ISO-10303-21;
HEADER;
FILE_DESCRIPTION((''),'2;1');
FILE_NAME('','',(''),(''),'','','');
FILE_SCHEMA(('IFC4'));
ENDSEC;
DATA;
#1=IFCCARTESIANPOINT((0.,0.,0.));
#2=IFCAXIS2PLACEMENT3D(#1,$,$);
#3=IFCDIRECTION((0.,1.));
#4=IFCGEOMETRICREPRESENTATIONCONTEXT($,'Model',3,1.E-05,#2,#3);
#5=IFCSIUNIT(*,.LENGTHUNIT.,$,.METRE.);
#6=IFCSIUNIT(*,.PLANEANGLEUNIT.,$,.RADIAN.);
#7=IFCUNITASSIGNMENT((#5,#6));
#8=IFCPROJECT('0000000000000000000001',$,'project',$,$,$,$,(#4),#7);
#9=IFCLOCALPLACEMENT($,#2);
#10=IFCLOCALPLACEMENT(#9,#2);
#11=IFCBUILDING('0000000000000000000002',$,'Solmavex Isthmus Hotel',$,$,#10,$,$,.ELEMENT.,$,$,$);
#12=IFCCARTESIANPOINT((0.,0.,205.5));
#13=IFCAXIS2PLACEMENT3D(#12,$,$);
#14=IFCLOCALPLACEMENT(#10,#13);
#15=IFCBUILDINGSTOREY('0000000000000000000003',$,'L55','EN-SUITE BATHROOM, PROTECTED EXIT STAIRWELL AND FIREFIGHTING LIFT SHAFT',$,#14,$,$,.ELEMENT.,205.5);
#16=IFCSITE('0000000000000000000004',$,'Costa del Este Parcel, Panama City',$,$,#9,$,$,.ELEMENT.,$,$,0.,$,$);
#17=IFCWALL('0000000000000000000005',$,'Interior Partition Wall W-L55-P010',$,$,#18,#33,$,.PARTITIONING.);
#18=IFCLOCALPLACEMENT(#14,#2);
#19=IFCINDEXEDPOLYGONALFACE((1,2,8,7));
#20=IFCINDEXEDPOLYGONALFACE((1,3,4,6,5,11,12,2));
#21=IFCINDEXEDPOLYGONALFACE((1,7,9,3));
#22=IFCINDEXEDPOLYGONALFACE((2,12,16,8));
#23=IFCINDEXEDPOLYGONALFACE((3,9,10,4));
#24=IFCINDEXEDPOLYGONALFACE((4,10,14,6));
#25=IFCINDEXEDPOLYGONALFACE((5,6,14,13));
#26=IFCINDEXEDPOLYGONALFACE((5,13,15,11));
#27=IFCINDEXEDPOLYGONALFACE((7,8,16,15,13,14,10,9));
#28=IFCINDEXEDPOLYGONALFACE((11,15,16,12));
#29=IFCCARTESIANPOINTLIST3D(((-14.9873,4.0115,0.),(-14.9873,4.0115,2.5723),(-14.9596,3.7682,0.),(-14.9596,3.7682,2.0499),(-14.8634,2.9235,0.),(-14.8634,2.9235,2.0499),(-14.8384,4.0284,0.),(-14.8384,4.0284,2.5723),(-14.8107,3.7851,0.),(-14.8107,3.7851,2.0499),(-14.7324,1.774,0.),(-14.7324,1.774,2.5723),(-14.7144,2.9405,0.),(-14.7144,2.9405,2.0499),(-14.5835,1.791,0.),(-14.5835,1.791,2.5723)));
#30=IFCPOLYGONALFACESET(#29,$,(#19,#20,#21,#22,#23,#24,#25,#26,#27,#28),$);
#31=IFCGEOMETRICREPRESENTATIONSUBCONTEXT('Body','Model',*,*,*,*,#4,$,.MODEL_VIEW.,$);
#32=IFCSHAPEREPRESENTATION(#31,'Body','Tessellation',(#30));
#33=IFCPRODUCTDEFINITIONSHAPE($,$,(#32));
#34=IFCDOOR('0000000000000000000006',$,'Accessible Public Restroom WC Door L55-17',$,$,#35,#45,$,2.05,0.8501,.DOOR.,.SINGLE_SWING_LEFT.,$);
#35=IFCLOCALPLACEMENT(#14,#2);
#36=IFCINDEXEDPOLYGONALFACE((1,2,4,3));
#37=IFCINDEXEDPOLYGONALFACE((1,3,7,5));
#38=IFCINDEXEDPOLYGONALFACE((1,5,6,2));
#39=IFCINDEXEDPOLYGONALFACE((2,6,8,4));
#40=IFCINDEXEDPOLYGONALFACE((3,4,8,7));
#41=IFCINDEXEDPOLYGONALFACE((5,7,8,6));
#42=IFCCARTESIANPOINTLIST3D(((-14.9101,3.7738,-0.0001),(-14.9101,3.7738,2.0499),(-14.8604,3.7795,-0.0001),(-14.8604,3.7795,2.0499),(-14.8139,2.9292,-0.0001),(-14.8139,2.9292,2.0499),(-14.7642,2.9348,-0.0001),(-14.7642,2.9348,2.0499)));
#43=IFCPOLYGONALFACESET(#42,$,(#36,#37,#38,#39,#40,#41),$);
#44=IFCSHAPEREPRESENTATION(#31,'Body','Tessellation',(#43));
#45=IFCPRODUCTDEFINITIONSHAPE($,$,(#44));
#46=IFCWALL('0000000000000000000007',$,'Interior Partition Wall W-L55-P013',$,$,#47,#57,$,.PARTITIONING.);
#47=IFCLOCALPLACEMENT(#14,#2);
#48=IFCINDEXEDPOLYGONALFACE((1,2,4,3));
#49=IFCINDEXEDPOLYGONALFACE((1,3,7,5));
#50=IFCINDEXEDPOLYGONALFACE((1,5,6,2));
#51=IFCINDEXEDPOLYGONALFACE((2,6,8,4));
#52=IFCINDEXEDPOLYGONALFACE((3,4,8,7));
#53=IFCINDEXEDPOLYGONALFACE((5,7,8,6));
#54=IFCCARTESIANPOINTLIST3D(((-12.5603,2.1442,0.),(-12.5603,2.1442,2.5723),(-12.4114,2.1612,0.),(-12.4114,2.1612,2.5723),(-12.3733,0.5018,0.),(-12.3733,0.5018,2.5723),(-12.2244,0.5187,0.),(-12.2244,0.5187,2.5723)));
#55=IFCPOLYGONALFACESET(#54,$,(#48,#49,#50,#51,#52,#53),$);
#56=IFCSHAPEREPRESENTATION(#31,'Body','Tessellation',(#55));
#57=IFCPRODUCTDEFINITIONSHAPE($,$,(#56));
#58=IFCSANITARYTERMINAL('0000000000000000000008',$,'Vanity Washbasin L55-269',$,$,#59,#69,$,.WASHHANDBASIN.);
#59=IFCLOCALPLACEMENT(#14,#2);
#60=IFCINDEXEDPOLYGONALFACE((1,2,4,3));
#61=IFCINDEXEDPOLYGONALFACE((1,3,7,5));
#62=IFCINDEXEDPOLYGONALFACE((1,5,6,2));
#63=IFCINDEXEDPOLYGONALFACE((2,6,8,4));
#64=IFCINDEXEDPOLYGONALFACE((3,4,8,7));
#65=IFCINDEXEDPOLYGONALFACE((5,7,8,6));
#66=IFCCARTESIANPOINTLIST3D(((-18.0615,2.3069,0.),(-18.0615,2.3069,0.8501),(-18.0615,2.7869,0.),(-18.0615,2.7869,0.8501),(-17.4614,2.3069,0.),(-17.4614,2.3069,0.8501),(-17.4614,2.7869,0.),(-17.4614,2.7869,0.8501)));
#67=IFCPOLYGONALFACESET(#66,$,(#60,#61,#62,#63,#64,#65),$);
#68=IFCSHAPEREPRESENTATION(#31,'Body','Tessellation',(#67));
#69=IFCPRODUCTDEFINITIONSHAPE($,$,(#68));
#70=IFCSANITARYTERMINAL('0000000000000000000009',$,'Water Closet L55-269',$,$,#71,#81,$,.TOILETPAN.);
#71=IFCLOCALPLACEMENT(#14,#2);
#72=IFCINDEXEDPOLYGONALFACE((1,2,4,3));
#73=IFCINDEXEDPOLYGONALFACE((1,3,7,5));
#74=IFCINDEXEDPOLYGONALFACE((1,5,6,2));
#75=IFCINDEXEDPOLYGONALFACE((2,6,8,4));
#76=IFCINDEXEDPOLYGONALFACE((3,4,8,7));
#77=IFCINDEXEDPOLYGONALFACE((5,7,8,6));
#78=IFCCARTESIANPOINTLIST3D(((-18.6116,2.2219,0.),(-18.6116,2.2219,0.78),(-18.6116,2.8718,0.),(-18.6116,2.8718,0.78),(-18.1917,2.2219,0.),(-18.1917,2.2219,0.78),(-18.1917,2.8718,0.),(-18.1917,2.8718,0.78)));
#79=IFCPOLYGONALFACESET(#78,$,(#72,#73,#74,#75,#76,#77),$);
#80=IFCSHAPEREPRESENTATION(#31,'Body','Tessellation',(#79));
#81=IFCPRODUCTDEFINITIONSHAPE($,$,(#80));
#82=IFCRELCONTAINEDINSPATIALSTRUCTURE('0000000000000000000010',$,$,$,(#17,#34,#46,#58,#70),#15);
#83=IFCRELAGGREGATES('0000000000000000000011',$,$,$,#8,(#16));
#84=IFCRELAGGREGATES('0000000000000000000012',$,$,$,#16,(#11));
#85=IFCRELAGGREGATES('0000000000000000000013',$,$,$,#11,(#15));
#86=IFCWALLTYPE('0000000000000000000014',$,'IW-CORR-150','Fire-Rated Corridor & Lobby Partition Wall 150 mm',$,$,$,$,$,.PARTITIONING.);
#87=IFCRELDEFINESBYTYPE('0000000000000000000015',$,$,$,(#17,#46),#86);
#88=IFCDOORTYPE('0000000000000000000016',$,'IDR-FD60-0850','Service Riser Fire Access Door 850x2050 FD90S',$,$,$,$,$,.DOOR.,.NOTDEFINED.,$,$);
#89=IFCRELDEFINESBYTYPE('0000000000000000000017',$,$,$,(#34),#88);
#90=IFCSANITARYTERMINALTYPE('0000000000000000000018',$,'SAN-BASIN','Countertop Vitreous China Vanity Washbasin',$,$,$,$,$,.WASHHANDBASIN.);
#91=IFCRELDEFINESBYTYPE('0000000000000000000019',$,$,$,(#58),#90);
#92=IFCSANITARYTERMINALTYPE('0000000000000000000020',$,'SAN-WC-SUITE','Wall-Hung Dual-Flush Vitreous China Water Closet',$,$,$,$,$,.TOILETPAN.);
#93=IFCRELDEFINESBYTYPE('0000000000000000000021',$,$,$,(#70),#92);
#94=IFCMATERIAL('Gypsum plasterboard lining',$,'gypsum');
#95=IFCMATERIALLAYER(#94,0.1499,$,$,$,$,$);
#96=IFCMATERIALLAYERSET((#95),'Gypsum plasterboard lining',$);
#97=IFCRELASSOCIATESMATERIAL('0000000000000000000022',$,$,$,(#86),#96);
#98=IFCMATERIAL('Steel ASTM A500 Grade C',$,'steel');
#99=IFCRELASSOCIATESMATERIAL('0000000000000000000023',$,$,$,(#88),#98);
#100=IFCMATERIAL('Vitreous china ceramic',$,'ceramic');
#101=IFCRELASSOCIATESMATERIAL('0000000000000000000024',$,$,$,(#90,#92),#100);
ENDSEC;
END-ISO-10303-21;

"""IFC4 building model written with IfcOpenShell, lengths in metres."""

from ifc_helpers import new_model, si_unit, direction, frame, frame_2d, origin, origin_2d, place, context, subcontext, project, spatial, rectangle, extrude, material, layer, layer_set, type_object, element, fill, save


model = new_model("IFC4")

# Units and contexts
model_context = context("Model", 3, precision=1e-05, world=origin(), true_north=direction((0.0, 1.0)))
body_context = subcontext(model_context, "Body", "Model", "MODEL_VIEW")
ifc_project = project(units=[si_unit("LENGTHUNIT", "METRE"), si_unit("PLANEANGLEUNIT", "RADIAN")], contexts=[model_context])

# Site, building, storey
site_placement = place(None, origin())
site = spatial("IfcSite", under=ifc_project, at=site_placement, Name="Costa del Este Parcel, Panama City", CompositionType="ELEMENT", RefElevation=0.0)
building_placement = place(site_placement, origin())
building = spatial("IfcBuilding", under=site, at=building_placement, Name="Solmavex Isthmus Hotel", CompositionType="ELEMENT")
storey_placement = place(building_placement, frame((0.0, 0.0, 205.5)))
storey = spatial("IfcBuildingStorey", under=building, at=storey_placement, Name="L55", Description="EN-SUITE BATHROOM, PROTECTED EXIT STAIRWELL AND FIREFIGHTING LIFT SHAFT", CompositionType="ELEMENT", Elevation=205.5)

# Shared definitions
ifc_material_1 = material(Name="Gypsum plasterboard lining", Category="gypsum")

# Wall, opening, door
ifc_layer_1 = layer(ifc_material_1, 0.1499)
ifc_layer_set_1 = layer_set([ifc_layer_1], Name="Gypsum plasterboard lining")
wall_type_1 = type_object("IfcWallType", Name="IW-CORR-150", Description="Fire-Rated Corridor & Lobby Partition Wall 150 mm", PredefinedType="PARTITIONING", material=ifc_layer_set_1)
wall_1_placement = place(storey_placement, frame((-14.658, 1.7825, 0.0), z_axis=(0.0, 0.0, 1.0), x_axis=(-0.11318, 0.993575, 0.0)))
wall_1 = element("IfcWall", 1, at=wall_1_placement, inside=storey, type_object=wall_type_1, Name="Interior Partition Wall W-L55-P010", PredefinedType="PARTITIONING", context=body_context, shape_type="SweptSolid", body=[
    extrude(rectangle(XDim=2.252, YDim=0.1499, at=frame_2d((1.126, 0.0))), origin(), (0.0, 0.0, 1.0), 2.5723),
])
opening_1_placement = place(wall_1_placement, frame((1.157, 0.0, 0.0)))
opening_1 = element("IfcOpeningElement", 2, at=opening_1_placement, cuts=wall_1, PredefinedType="OPENING", context=body_context, shape_type="SweptSolid", body=[
    extrude(rectangle(XDim=0.8501, YDim=2.05, at=frame_2d((0.425, 1.0249))), frame((0.0, 0.085, 0.0), z_axis=(0.0, -1.0, 0.0), x_axis=(1.0, 0.0, 0.0)), (0.0, 0.0, 1.0), 0.1699),
])
ifc_material_2 = material(Name="Steel ASTM A500 Grade C", Category="steel")
door_type_1 = type_object("IfcDoorType", Name="IDR-FD60-0850", Description="Service Riser Fire Access Door 850x2050 FD90S", OperationType="NOTDEFINED", PredefinedType="DOOR", material=ifc_material_2)
door_1_placement = place(opening_1_placement, frame((0.8501, 0.0, 0.0), z_axis=(0.0, 0.0, 1.0), x_axis=(-1.0, 0.0, 0.0)))
door_1 = element("IfcDoor", 3, at=door_1_placement, inside=storey, type_object=door_type_1, Name="Accessible Public Restroom WC Door L55-17", OperationType="SINGLE_SWING_LEFT", OverallHeight=2.05, OverallWidth=0.8501, PredefinedType="DOOR", context=body_context, shape_type="SweptSolid", body=[
    extrude(rectangle(XDim=0.8501, YDim=2.05, at=frame_2d((0.425, 1.0249))), frame((0.0, 0.0249, 0.0), z_axis=(0.0, -1.0, 0.0), x_axis=(1.0, 0.0, 0.0)), (0.0, 0.0, 1.0), 0.05),
])
fill(opening_1, door_1)

# Wall
wall_2_placement = place(storey_placement, frame((-12.4858, 2.1528, 0.0), z_axis=(0.0, 0.0, 1.0), x_axis=(0.113122, -0.993581, 0.0)))
element("IfcWall", 4, at=wall_2_placement, inside=storey, type_object=wall_type_1, Name="Interior Partition Wall W-L55-P013", PredefinedType="PARTITIONING", context=body_context, shape_type="SweptSolid", body=[
    extrude(rectangle(XDim=1.6531, YDim=0.1499, at=frame_2d((0.8267, 0.0))), origin(), (0.0, 0.0, 1.0), 2.5723),
])

# Sanitary terminals
ifc_material_3 = material(Name="Vitreous china ceramic", Category="ceramic")
sanitary_terminal_type_1 = type_object("IfcSanitaryTerminalType", Name="SAN-BASIN", Description="Countertop Vitreous China Vanity Washbasin", PredefinedType="WASHHANDBASIN", material=ifc_material_3)
sanitary_terminal_1_placement = place(storey_placement, frame((-17.7615, 2.5469, 0.0), z_axis=(0.0, 0.0, 1.0), x_axis=(1.0, 0.0, 0.0)))
element("IfcSanitaryTerminal", 5, at=sanitary_terminal_1_placement, inside=storey, type_object=sanitary_terminal_type_1, Name="Vanity Washbasin L55-269", PredefinedType="WASHHANDBASIN", context=body_context, shape_type="SweptSolid", body=[
    extrude(rectangle(XDim=0.6001, YDim=0.48, at=origin_2d()), origin(), (0.0, 0.0, 1.0), 0.8501),
])
sanitary_terminal_type_2 = type_object("IfcSanitaryTerminalType", Name="SAN-WC-SUITE", Description="Wall-Hung Dual-Flush Vitreous China Water Closet", PredefinedType="TOILETPAN", material=ifc_material_3)
sanitary_terminal_2_placement = place(storey_placement, frame((-18.4016, 2.5469, 0.0), z_axis=(0.0, 0.0, 1.0), x_axis=(1.0, 0.0, 0.0)))
element("IfcSanitaryTerminal", 6, at=sanitary_terminal_2_placement, inside=storey, type_object=sanitary_terminal_type_2, Name="Water Closet L55-269", PredefinedType="TOILETPAN", context=body_context, shape_type="SweptSolid", body=[
    extrude(rectangle(XDim=0.4199, YDim=0.6499, at=origin_2d()), origin(), (0.0, 0.0, 1.0), 0.78),
])

save(model, "model.ifc")
